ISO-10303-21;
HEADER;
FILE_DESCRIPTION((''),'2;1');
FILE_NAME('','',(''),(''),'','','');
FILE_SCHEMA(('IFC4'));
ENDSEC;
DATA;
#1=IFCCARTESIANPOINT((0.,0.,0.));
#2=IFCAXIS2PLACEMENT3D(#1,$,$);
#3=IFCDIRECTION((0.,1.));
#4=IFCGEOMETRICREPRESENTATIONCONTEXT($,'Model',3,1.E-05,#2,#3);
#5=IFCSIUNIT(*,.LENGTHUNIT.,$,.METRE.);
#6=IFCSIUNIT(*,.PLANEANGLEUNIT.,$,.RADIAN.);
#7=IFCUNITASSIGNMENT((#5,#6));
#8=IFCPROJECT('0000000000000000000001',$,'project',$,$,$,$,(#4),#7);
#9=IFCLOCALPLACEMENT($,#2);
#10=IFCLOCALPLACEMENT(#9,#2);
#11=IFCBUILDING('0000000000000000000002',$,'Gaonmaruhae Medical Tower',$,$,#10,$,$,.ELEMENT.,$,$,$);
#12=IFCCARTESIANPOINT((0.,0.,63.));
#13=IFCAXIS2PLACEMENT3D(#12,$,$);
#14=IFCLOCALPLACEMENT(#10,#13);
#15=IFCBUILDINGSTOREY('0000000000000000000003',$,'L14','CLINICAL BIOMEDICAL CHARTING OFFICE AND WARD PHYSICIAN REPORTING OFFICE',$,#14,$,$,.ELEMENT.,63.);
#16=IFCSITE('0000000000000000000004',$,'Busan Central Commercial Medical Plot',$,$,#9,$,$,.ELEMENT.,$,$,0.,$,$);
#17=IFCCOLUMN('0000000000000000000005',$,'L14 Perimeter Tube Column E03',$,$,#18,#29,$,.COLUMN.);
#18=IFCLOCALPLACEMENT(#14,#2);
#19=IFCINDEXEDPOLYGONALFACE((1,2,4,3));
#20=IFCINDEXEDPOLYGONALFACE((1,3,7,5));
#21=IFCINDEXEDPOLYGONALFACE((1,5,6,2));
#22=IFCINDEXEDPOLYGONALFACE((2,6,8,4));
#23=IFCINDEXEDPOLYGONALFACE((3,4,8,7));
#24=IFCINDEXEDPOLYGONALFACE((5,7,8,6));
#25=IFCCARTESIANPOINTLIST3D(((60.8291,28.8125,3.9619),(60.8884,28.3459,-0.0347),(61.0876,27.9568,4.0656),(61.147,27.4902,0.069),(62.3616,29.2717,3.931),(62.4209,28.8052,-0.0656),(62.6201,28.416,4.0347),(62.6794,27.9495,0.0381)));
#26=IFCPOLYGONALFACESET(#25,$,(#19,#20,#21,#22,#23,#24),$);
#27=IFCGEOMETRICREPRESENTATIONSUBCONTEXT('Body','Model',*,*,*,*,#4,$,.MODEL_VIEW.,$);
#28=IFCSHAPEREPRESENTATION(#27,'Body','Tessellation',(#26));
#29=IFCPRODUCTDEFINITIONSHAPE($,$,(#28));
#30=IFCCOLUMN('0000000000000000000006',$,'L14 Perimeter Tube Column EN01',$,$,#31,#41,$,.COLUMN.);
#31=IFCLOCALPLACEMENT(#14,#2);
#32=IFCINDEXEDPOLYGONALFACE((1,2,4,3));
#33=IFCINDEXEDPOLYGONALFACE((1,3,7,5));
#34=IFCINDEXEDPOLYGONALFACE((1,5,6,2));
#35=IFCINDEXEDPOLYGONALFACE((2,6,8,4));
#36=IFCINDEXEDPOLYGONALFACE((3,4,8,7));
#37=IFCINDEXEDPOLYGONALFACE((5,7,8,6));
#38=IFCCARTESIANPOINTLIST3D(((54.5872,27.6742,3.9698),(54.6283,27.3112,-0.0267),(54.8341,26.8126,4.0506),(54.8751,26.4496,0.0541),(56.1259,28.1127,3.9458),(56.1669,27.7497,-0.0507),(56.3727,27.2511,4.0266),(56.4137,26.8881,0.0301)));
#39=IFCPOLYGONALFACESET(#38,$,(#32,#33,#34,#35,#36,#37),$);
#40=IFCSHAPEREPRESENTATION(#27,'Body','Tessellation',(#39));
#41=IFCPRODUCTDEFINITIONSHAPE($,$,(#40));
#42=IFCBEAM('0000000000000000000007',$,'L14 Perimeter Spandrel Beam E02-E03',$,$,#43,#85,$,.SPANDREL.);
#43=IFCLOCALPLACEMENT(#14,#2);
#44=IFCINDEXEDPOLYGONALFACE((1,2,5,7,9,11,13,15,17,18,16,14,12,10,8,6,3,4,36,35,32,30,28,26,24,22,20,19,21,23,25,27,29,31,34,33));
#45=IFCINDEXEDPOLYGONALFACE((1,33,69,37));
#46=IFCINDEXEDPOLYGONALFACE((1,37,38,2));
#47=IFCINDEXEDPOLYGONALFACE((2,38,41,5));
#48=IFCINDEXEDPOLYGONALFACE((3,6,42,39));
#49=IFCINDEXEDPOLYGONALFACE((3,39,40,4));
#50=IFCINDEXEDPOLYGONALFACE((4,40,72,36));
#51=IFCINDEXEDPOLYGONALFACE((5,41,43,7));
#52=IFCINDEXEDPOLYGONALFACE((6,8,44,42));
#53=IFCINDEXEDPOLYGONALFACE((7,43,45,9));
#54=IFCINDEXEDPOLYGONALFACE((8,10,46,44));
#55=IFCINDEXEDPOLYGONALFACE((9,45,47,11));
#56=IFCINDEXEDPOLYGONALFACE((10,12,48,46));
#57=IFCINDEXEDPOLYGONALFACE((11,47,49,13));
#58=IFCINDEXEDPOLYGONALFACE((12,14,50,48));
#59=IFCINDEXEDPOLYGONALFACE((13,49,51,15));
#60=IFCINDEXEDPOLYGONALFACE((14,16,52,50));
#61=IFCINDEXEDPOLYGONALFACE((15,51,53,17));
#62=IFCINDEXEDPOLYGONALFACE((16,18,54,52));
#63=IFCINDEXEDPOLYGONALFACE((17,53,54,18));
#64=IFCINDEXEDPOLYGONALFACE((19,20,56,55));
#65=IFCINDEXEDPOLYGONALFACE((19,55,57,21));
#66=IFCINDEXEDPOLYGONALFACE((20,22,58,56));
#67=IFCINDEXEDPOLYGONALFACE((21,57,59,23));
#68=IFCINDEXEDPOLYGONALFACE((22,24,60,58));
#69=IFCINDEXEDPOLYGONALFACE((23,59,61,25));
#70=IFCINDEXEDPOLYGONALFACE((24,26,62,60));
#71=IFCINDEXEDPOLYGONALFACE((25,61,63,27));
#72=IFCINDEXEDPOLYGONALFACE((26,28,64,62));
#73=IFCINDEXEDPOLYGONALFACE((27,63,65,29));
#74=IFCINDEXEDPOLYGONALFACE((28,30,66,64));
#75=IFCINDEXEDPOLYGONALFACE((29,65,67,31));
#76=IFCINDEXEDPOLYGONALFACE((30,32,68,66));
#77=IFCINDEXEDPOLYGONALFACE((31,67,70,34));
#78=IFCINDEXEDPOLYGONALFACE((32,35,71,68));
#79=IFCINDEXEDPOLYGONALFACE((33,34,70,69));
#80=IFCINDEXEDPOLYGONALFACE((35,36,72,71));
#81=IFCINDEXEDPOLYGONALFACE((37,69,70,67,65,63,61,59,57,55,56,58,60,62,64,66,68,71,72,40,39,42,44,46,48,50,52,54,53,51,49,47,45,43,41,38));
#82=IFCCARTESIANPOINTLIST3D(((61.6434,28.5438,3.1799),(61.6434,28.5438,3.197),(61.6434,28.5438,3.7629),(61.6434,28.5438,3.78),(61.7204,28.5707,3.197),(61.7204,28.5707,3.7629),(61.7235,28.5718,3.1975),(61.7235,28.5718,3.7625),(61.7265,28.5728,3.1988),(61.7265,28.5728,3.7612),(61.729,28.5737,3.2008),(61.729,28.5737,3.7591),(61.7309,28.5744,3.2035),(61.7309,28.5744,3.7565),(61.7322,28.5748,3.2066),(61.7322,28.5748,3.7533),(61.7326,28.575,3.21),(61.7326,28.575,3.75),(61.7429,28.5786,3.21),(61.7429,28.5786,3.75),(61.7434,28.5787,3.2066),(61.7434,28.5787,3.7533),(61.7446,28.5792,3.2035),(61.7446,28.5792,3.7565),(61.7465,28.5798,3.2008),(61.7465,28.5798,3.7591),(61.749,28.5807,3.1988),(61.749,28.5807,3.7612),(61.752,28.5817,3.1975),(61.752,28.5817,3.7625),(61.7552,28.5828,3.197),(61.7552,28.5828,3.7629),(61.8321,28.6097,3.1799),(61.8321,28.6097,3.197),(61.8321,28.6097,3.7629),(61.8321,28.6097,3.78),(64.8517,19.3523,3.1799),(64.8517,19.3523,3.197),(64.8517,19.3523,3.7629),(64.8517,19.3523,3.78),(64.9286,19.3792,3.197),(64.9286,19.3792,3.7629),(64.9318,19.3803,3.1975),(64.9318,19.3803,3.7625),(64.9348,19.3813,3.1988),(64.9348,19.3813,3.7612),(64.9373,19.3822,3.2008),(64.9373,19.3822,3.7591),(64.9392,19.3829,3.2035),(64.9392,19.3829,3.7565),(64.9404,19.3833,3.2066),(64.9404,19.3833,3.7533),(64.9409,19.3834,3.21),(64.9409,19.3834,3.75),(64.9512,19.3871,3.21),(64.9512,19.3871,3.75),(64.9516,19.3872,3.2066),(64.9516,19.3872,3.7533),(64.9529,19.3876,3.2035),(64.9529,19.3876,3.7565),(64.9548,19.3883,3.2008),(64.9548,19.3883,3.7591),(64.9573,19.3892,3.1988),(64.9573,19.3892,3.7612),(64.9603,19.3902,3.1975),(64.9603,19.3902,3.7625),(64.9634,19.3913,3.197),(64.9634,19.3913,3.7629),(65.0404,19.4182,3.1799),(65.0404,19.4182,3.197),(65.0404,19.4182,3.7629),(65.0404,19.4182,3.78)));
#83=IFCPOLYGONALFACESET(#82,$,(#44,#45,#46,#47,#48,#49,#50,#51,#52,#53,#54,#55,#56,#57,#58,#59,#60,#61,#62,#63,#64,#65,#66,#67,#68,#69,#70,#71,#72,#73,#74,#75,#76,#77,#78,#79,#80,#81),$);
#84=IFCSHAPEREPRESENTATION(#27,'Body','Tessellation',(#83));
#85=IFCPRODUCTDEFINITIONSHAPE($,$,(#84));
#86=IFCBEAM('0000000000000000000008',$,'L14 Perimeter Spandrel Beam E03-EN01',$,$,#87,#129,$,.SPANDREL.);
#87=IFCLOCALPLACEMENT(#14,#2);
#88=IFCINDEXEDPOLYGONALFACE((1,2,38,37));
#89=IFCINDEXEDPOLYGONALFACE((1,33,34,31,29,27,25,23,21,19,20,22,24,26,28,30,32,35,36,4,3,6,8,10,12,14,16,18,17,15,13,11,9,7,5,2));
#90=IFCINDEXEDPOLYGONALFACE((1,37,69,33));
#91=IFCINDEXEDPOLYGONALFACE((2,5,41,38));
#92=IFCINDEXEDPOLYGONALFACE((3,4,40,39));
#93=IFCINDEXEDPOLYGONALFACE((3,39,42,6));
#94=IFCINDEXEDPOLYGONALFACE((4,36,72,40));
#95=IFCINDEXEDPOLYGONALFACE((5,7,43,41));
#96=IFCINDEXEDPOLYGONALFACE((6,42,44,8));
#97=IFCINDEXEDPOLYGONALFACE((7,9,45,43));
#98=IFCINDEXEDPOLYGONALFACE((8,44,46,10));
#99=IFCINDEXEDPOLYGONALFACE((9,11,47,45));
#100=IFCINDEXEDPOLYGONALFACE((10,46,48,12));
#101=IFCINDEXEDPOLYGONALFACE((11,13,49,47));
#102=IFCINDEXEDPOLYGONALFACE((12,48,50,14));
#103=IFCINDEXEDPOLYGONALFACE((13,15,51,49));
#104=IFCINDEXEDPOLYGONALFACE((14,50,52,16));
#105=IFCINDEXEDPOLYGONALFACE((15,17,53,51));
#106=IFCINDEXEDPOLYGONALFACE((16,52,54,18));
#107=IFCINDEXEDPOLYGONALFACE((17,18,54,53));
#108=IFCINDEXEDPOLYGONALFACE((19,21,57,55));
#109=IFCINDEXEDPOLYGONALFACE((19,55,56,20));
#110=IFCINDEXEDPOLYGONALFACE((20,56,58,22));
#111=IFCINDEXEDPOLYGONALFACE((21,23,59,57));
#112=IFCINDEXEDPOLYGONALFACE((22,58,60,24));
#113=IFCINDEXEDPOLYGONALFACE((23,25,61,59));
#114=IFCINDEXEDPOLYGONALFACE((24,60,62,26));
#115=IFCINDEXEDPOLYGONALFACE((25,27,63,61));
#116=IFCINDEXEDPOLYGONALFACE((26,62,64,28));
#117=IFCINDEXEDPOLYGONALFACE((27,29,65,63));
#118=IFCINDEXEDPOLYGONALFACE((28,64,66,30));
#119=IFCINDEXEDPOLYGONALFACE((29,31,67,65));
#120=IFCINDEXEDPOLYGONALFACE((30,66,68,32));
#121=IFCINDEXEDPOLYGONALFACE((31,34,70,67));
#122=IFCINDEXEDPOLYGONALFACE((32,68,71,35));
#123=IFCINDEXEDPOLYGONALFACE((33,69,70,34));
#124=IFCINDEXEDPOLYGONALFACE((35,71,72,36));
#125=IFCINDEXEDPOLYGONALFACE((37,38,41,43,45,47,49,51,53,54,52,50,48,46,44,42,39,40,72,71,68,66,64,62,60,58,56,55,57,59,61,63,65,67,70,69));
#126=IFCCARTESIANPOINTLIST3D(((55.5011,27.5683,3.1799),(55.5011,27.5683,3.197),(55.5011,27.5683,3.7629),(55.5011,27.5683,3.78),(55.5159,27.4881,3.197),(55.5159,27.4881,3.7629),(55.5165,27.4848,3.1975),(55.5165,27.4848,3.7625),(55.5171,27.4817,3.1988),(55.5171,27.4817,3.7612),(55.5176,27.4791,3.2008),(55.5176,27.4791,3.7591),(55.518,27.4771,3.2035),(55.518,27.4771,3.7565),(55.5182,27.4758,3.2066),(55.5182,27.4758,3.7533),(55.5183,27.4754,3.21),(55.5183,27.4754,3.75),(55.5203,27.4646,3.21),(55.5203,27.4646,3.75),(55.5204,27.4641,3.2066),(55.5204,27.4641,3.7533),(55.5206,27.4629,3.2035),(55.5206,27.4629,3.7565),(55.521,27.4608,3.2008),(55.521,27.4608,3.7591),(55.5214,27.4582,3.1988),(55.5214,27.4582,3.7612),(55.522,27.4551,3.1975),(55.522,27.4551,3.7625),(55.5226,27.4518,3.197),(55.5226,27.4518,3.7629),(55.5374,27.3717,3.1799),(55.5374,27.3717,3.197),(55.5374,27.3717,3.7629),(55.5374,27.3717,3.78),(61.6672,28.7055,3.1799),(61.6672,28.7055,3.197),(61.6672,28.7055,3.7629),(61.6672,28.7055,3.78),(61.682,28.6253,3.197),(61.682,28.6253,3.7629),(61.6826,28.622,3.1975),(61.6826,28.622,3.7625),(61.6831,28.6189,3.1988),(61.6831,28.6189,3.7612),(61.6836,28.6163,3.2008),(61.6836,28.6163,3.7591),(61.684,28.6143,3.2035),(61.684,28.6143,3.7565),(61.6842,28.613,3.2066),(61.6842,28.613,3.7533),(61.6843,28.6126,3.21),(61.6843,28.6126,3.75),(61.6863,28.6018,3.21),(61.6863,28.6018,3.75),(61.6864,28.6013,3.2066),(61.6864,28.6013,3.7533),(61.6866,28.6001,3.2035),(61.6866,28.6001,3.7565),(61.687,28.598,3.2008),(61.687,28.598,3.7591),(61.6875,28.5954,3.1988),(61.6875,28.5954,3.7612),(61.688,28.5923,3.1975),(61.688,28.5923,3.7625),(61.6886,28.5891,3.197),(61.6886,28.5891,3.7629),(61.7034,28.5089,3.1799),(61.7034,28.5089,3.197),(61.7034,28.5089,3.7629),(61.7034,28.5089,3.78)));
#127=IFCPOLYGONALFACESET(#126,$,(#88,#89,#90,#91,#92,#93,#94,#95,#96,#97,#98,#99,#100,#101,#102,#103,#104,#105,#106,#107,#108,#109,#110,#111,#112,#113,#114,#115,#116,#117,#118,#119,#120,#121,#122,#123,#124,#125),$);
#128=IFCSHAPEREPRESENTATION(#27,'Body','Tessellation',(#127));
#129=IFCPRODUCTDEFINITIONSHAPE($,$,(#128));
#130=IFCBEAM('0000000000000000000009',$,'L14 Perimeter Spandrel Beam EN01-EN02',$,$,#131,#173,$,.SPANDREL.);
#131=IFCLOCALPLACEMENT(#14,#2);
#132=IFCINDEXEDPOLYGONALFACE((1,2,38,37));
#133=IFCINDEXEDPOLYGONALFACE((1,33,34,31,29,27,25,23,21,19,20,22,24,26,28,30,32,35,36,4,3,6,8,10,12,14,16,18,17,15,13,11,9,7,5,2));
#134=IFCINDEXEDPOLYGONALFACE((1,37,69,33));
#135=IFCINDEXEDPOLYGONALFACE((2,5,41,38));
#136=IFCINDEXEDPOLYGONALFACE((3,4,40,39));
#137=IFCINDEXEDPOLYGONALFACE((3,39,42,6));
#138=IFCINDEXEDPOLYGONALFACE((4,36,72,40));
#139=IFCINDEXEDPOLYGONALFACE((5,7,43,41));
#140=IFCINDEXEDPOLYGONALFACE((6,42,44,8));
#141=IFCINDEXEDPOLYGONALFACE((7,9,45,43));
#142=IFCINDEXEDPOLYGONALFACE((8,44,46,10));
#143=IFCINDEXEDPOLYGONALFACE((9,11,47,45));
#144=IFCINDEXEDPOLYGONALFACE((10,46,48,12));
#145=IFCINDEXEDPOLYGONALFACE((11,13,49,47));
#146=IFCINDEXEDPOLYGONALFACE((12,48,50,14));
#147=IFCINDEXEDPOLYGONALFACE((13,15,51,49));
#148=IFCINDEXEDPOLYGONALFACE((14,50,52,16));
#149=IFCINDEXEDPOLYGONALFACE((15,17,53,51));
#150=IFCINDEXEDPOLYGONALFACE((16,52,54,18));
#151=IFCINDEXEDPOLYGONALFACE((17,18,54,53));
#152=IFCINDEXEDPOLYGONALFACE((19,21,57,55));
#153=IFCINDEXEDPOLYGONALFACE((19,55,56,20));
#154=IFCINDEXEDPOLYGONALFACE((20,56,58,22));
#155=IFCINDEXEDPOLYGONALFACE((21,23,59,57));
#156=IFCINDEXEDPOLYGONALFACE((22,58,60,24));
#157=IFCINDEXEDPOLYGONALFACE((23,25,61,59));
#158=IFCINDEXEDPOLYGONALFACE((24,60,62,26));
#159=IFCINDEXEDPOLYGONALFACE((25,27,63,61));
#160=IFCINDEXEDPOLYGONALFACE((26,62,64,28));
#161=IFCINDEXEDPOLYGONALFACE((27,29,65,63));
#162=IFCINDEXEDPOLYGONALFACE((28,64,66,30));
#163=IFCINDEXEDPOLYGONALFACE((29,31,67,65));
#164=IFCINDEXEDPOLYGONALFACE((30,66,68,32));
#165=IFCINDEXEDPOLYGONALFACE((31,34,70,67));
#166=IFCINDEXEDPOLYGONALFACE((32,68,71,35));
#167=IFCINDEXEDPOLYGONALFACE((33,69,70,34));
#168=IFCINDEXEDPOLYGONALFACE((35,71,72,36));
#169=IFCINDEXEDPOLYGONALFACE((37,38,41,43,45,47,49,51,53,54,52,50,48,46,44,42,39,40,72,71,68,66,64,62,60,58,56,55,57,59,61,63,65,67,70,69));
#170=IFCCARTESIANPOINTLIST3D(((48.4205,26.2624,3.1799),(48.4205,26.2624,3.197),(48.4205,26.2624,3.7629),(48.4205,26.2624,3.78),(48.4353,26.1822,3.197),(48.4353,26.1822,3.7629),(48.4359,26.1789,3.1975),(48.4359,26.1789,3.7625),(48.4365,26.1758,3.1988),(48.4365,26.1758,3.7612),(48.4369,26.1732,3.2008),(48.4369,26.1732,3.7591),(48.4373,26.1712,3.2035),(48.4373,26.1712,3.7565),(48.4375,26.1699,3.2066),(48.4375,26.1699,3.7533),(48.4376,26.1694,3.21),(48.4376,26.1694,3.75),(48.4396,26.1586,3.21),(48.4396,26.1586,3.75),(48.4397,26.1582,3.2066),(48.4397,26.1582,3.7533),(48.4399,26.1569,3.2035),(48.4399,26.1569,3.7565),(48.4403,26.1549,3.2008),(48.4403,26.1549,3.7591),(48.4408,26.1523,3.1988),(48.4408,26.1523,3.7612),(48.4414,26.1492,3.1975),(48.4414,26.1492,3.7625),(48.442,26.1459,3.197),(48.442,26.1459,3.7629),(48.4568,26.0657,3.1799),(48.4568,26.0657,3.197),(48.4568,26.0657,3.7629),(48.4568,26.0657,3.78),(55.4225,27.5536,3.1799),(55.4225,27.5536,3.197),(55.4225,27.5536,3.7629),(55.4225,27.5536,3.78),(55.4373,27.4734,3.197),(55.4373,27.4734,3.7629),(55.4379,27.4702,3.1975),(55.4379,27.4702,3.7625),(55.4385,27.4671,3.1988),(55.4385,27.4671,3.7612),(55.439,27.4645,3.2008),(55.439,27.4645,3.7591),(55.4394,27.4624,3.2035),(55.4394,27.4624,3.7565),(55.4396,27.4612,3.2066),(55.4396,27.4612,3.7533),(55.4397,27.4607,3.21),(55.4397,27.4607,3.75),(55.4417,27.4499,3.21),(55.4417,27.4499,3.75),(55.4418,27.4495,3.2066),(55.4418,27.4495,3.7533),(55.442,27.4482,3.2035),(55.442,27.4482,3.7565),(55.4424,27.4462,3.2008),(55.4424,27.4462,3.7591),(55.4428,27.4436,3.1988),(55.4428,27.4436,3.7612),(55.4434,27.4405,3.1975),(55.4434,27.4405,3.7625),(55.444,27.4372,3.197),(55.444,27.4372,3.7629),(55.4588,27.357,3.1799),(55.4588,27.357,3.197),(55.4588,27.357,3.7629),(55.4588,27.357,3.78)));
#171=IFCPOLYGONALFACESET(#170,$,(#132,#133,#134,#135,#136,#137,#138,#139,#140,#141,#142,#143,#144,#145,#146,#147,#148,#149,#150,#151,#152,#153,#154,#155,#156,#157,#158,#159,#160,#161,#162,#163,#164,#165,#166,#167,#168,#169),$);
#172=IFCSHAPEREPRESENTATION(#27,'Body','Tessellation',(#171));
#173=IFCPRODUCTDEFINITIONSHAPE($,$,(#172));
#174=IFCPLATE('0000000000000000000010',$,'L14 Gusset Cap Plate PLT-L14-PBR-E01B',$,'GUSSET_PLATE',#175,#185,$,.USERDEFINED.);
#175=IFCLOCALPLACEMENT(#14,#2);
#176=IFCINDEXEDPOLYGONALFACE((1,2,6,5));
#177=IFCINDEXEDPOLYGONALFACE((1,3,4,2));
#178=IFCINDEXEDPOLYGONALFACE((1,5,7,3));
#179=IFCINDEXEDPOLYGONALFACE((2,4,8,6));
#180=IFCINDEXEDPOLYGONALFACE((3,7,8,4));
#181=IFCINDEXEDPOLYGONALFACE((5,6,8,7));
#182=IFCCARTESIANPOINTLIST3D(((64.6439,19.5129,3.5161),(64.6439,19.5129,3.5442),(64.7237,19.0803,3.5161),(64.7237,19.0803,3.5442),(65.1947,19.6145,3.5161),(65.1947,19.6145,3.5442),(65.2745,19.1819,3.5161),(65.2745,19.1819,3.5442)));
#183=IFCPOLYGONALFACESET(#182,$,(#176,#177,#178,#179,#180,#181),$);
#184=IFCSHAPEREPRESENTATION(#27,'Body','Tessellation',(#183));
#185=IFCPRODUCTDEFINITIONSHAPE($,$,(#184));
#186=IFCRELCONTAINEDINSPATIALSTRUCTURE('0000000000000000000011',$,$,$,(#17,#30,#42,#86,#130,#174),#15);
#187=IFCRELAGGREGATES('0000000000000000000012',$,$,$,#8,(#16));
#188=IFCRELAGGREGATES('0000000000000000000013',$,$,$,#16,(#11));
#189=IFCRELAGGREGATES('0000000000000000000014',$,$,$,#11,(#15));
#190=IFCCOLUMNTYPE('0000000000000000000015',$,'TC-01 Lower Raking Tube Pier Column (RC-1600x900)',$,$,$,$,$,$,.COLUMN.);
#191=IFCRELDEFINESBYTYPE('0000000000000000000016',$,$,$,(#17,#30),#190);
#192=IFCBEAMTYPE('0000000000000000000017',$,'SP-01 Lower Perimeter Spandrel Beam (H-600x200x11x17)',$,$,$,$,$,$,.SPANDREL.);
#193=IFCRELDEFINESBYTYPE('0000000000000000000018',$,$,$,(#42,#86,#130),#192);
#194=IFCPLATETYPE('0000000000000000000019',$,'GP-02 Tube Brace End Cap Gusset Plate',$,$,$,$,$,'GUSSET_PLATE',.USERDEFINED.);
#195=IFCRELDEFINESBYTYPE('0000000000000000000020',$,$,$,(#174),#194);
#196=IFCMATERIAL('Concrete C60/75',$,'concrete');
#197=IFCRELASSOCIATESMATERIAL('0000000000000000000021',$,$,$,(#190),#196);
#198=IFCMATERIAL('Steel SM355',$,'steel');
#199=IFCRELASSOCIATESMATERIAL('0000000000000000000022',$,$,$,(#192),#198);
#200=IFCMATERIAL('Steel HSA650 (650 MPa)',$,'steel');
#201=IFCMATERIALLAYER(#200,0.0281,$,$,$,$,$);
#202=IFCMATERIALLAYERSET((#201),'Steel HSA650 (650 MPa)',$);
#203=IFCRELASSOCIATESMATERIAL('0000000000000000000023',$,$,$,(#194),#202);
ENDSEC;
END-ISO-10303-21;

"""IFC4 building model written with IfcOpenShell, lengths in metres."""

from ifc_helpers import new_model, si_unit, direction, frame, origin, origin_2d, place, context, subcontext, project, spatial, rectangle, i_section, extrude, material, layer, layer_set, material_profile, profile_set, type_object, element, save


model = new_model("IFC4")

# Units and contexts
model_context = context("Model", 3, precision=1e-05, world=origin(), true_north=direction((0.0, 1.0)))
body_context = subcontext(model_context, "Body", "Model", "MODEL_VIEW")
ifc_project = project(units=[si_unit("LENGTHUNIT", "METRE"), si_unit("PLANEANGLEUNIT", "RADIAN")], contexts=[model_context])

# Site, building, storey
site_placement = place(None, origin())
site = spatial("IfcSite", under=ifc_project, at=site_placement, Name="Busan Central Commercial Medical Plot", CompositionType="ELEMENT", RefElevation=0.0)
building_placement = place(site_placement, origin())
building = spatial("IfcBuilding", under=site, at=building_placement, Name="Gaonmaruhae Medical Tower", CompositionType="ELEMENT")
storey_placement = place(building_placement, frame((0.0, 0.0, 63.0)))
storey = spatial("IfcBuildingStorey", under=building, at=storey_placement, Name="L14", Description="CLINICAL BIOMEDICAL CHARTING OFFICE AND WARD PHYSICIAN REPORTING OFFICE", CompositionType="ELEMENT", Elevation=63.0)

# Columns
ifc_material_1 = material(Name="Concrete C60/75", Category="concrete")
ifc_material_profile_1 = material_profile(ifc_material_1, rectangle(XDim=1.6001, YDim=0.8999, at=origin_2d()), Name="RC-1600x900")
ifc_profile_set_1 = profile_set([ifc_material_profile_1], Name="Concrete C60/75")
column_type = type_object("IfcColumnType", Name="TC-01 Lower Raking Tube Pier Column (RC-1600x900)", PredefinedType="COLUMN", material=ifc_profile_set_1)
column_1_placement = place(storey_placement, frame((61.7839, 28.1477, 0.0017), z_axis=(-0.014743, 0.115938, 0.993147), x_axis=(-0.95773, -0.28702, 0.019289)))
element("IfcColumn", 1, at=column_1_placement, inside=storey, type_object=column_type, Name="L14 Perimeter Tube Column E03", PredefinedType="COLUMN", context=body_context, shape_type="SweptSolid", body=[
    extrude(rectangle(XDim=1.6001, YDim=0.8999, at=origin_2d()), origin(), (0.0, 0.0, 1.0), 4.0242),
])
column_2_placement = place(storey_placement, frame((55.521, 27.0996, 0.0017), z_axis=(-0.01022, 0.09046, 0.995848), x_axis=(-0.961598, -0.274049, 0.015025)))
element("IfcColumn", 2, at=column_2_placement, inside=storey, type_object=column_type, Name="L14 Perimeter Tube Column EN01", PredefinedType="COLUMN", context=body_context, shape_type="SweptSolid", body=[
    extrude(rectangle(XDim=1.6001, YDim=0.8999, at=origin_2d()), origin(), (0.0, 0.0, 1.0), 4.0132),
])

# Beams
ifc_material_2 = material(Name="Steel SM355", Category="steel")
ifc_material_profile_2 = material_profile(ifc_material_2, i_section(OverallWidth=0.2, OverallDepth=0.6001, WebThickness=0.011, FlangeThickness=0.0171, FilletRadius=0.0129, at=origin_2d()), Name="H-600x200x11x17")
ifc_profile_set_2 = profile_set([ifc_material_profile_2], Name="Steel SM355")
beam_type = type_object("IfcBeamType", Name="SP-01 Lower Perimeter Spandrel Beam (H-600x200x11x17)", PredefinedType="SPANDREL", material=ifc_profile_set_2)
beam_1_placement = place(storey_placement, frame((64.946, 19.3853, 3.48), z_axis=(-0.32955, 0.944138, 0.0), x_axis=(-0.944138, -0.32955, 0.0)))
element("IfcBeam", 3, at=beam_1_placement, inside=storey, type_object=beam_type, Name="L14 Perimeter Spandrel Beam E02-E03", PredefinedType="SPANDREL", context=body_context, shape_type="SweptSolid", body=[
    extrude(i_section(OverallWidth=0.2, OverallDepth=0.6001, WebThickness=0.011, FlangeThickness=0.0171, FilletRadius=0.0129, at=origin_2d()), origin(), (0.0, 0.0, 1.0), 9.7354),
])
beam_2_placement = place(storey_placement, frame((61.6853, 28.6072, 3.48), z_axis=(-0.983414, -0.181373, 0.0), x_axis=(0.181373, -0.983414, 0.0)))
element("IfcBeam", 4, at=beam_2_placement, inside=storey, type_object=beam_type, Name="L14 Perimeter Spandrel Beam E03-EN01", PredefinedType="SPANDREL", context=body_context, shape_type="SweptSolid", body=[
    extrude(i_section(OverallWidth=0.2, OverallDepth=0.6001, WebThickness=0.011, FlangeThickness=0.0171, FilletRadius=0.0129, at=origin_2d()), origin(), (0.0, 0.0, 1.0), 6.27),
])
beam_3_placement = place(storey_placement, frame((55.4407, 27.4553, 3.48), z_axis=(-0.983417, -0.181356, 0.0), x_axis=(0.181356, -0.983417, 0.0)))
element("IfcBeam", 5, at=beam_3_placement, inside=storey, type_object=beam_type, Name="L14 Perimeter Spandrel Beam EN01-EN02", PredefinedType="SPANDREL", context=body_context, shape_type="SweptSolid", body=[
    extrude(i_section(OverallWidth=0.2, OverallDepth=0.6001, WebThickness=0.011, FlangeThickness=0.0171, FilletRadius=0.0129, at=origin_2d()), origin(), (0.0, 0.0, 1.0), 7.1201),
])

# Plate
ifc_material_3 = material(Name="Steel HSA650 (650 MPa)", Category="steel")
ifc_layer_1 = layer(ifc_material_3, 0.0281)
ifc_layer_set_1 = layer_set([ifc_layer_1], Name="Steel HSA650 (650 MPa)")
plate_type_1 = type_object("IfcPlateType", Name="GP-02 Tube Brace End Cap Gusset Plate", ElementType="GUSSET_PLATE", PredefinedType="USERDEFINED", material=ifc_layer_set_1)
plate_1_placement = place(storey_placement, frame((64.9592, 19.3474, 3.5161), z_axis=(0.0, 0.0, 1.0), x_axis=(0.983414, 0.181377, 0.0)))
element("IfcPlate", 6, at=plate_1_placement, inside=storey, type_object=plate_type_1, Name="L14 Gusset Cap Plate PLT-L14-PBR-E01B", ObjectType="GUSSET_PLATE", PredefinedType="USERDEFINED", context=body_context, shape_type="SweptSolid", body=[
    extrude(rectangle(XDim=0.5601, YDim=0.4399, at=origin_2d()), origin(), (0.0, 0.0, 1.0), 0.0281),
])

save(model, "model.ifc")
